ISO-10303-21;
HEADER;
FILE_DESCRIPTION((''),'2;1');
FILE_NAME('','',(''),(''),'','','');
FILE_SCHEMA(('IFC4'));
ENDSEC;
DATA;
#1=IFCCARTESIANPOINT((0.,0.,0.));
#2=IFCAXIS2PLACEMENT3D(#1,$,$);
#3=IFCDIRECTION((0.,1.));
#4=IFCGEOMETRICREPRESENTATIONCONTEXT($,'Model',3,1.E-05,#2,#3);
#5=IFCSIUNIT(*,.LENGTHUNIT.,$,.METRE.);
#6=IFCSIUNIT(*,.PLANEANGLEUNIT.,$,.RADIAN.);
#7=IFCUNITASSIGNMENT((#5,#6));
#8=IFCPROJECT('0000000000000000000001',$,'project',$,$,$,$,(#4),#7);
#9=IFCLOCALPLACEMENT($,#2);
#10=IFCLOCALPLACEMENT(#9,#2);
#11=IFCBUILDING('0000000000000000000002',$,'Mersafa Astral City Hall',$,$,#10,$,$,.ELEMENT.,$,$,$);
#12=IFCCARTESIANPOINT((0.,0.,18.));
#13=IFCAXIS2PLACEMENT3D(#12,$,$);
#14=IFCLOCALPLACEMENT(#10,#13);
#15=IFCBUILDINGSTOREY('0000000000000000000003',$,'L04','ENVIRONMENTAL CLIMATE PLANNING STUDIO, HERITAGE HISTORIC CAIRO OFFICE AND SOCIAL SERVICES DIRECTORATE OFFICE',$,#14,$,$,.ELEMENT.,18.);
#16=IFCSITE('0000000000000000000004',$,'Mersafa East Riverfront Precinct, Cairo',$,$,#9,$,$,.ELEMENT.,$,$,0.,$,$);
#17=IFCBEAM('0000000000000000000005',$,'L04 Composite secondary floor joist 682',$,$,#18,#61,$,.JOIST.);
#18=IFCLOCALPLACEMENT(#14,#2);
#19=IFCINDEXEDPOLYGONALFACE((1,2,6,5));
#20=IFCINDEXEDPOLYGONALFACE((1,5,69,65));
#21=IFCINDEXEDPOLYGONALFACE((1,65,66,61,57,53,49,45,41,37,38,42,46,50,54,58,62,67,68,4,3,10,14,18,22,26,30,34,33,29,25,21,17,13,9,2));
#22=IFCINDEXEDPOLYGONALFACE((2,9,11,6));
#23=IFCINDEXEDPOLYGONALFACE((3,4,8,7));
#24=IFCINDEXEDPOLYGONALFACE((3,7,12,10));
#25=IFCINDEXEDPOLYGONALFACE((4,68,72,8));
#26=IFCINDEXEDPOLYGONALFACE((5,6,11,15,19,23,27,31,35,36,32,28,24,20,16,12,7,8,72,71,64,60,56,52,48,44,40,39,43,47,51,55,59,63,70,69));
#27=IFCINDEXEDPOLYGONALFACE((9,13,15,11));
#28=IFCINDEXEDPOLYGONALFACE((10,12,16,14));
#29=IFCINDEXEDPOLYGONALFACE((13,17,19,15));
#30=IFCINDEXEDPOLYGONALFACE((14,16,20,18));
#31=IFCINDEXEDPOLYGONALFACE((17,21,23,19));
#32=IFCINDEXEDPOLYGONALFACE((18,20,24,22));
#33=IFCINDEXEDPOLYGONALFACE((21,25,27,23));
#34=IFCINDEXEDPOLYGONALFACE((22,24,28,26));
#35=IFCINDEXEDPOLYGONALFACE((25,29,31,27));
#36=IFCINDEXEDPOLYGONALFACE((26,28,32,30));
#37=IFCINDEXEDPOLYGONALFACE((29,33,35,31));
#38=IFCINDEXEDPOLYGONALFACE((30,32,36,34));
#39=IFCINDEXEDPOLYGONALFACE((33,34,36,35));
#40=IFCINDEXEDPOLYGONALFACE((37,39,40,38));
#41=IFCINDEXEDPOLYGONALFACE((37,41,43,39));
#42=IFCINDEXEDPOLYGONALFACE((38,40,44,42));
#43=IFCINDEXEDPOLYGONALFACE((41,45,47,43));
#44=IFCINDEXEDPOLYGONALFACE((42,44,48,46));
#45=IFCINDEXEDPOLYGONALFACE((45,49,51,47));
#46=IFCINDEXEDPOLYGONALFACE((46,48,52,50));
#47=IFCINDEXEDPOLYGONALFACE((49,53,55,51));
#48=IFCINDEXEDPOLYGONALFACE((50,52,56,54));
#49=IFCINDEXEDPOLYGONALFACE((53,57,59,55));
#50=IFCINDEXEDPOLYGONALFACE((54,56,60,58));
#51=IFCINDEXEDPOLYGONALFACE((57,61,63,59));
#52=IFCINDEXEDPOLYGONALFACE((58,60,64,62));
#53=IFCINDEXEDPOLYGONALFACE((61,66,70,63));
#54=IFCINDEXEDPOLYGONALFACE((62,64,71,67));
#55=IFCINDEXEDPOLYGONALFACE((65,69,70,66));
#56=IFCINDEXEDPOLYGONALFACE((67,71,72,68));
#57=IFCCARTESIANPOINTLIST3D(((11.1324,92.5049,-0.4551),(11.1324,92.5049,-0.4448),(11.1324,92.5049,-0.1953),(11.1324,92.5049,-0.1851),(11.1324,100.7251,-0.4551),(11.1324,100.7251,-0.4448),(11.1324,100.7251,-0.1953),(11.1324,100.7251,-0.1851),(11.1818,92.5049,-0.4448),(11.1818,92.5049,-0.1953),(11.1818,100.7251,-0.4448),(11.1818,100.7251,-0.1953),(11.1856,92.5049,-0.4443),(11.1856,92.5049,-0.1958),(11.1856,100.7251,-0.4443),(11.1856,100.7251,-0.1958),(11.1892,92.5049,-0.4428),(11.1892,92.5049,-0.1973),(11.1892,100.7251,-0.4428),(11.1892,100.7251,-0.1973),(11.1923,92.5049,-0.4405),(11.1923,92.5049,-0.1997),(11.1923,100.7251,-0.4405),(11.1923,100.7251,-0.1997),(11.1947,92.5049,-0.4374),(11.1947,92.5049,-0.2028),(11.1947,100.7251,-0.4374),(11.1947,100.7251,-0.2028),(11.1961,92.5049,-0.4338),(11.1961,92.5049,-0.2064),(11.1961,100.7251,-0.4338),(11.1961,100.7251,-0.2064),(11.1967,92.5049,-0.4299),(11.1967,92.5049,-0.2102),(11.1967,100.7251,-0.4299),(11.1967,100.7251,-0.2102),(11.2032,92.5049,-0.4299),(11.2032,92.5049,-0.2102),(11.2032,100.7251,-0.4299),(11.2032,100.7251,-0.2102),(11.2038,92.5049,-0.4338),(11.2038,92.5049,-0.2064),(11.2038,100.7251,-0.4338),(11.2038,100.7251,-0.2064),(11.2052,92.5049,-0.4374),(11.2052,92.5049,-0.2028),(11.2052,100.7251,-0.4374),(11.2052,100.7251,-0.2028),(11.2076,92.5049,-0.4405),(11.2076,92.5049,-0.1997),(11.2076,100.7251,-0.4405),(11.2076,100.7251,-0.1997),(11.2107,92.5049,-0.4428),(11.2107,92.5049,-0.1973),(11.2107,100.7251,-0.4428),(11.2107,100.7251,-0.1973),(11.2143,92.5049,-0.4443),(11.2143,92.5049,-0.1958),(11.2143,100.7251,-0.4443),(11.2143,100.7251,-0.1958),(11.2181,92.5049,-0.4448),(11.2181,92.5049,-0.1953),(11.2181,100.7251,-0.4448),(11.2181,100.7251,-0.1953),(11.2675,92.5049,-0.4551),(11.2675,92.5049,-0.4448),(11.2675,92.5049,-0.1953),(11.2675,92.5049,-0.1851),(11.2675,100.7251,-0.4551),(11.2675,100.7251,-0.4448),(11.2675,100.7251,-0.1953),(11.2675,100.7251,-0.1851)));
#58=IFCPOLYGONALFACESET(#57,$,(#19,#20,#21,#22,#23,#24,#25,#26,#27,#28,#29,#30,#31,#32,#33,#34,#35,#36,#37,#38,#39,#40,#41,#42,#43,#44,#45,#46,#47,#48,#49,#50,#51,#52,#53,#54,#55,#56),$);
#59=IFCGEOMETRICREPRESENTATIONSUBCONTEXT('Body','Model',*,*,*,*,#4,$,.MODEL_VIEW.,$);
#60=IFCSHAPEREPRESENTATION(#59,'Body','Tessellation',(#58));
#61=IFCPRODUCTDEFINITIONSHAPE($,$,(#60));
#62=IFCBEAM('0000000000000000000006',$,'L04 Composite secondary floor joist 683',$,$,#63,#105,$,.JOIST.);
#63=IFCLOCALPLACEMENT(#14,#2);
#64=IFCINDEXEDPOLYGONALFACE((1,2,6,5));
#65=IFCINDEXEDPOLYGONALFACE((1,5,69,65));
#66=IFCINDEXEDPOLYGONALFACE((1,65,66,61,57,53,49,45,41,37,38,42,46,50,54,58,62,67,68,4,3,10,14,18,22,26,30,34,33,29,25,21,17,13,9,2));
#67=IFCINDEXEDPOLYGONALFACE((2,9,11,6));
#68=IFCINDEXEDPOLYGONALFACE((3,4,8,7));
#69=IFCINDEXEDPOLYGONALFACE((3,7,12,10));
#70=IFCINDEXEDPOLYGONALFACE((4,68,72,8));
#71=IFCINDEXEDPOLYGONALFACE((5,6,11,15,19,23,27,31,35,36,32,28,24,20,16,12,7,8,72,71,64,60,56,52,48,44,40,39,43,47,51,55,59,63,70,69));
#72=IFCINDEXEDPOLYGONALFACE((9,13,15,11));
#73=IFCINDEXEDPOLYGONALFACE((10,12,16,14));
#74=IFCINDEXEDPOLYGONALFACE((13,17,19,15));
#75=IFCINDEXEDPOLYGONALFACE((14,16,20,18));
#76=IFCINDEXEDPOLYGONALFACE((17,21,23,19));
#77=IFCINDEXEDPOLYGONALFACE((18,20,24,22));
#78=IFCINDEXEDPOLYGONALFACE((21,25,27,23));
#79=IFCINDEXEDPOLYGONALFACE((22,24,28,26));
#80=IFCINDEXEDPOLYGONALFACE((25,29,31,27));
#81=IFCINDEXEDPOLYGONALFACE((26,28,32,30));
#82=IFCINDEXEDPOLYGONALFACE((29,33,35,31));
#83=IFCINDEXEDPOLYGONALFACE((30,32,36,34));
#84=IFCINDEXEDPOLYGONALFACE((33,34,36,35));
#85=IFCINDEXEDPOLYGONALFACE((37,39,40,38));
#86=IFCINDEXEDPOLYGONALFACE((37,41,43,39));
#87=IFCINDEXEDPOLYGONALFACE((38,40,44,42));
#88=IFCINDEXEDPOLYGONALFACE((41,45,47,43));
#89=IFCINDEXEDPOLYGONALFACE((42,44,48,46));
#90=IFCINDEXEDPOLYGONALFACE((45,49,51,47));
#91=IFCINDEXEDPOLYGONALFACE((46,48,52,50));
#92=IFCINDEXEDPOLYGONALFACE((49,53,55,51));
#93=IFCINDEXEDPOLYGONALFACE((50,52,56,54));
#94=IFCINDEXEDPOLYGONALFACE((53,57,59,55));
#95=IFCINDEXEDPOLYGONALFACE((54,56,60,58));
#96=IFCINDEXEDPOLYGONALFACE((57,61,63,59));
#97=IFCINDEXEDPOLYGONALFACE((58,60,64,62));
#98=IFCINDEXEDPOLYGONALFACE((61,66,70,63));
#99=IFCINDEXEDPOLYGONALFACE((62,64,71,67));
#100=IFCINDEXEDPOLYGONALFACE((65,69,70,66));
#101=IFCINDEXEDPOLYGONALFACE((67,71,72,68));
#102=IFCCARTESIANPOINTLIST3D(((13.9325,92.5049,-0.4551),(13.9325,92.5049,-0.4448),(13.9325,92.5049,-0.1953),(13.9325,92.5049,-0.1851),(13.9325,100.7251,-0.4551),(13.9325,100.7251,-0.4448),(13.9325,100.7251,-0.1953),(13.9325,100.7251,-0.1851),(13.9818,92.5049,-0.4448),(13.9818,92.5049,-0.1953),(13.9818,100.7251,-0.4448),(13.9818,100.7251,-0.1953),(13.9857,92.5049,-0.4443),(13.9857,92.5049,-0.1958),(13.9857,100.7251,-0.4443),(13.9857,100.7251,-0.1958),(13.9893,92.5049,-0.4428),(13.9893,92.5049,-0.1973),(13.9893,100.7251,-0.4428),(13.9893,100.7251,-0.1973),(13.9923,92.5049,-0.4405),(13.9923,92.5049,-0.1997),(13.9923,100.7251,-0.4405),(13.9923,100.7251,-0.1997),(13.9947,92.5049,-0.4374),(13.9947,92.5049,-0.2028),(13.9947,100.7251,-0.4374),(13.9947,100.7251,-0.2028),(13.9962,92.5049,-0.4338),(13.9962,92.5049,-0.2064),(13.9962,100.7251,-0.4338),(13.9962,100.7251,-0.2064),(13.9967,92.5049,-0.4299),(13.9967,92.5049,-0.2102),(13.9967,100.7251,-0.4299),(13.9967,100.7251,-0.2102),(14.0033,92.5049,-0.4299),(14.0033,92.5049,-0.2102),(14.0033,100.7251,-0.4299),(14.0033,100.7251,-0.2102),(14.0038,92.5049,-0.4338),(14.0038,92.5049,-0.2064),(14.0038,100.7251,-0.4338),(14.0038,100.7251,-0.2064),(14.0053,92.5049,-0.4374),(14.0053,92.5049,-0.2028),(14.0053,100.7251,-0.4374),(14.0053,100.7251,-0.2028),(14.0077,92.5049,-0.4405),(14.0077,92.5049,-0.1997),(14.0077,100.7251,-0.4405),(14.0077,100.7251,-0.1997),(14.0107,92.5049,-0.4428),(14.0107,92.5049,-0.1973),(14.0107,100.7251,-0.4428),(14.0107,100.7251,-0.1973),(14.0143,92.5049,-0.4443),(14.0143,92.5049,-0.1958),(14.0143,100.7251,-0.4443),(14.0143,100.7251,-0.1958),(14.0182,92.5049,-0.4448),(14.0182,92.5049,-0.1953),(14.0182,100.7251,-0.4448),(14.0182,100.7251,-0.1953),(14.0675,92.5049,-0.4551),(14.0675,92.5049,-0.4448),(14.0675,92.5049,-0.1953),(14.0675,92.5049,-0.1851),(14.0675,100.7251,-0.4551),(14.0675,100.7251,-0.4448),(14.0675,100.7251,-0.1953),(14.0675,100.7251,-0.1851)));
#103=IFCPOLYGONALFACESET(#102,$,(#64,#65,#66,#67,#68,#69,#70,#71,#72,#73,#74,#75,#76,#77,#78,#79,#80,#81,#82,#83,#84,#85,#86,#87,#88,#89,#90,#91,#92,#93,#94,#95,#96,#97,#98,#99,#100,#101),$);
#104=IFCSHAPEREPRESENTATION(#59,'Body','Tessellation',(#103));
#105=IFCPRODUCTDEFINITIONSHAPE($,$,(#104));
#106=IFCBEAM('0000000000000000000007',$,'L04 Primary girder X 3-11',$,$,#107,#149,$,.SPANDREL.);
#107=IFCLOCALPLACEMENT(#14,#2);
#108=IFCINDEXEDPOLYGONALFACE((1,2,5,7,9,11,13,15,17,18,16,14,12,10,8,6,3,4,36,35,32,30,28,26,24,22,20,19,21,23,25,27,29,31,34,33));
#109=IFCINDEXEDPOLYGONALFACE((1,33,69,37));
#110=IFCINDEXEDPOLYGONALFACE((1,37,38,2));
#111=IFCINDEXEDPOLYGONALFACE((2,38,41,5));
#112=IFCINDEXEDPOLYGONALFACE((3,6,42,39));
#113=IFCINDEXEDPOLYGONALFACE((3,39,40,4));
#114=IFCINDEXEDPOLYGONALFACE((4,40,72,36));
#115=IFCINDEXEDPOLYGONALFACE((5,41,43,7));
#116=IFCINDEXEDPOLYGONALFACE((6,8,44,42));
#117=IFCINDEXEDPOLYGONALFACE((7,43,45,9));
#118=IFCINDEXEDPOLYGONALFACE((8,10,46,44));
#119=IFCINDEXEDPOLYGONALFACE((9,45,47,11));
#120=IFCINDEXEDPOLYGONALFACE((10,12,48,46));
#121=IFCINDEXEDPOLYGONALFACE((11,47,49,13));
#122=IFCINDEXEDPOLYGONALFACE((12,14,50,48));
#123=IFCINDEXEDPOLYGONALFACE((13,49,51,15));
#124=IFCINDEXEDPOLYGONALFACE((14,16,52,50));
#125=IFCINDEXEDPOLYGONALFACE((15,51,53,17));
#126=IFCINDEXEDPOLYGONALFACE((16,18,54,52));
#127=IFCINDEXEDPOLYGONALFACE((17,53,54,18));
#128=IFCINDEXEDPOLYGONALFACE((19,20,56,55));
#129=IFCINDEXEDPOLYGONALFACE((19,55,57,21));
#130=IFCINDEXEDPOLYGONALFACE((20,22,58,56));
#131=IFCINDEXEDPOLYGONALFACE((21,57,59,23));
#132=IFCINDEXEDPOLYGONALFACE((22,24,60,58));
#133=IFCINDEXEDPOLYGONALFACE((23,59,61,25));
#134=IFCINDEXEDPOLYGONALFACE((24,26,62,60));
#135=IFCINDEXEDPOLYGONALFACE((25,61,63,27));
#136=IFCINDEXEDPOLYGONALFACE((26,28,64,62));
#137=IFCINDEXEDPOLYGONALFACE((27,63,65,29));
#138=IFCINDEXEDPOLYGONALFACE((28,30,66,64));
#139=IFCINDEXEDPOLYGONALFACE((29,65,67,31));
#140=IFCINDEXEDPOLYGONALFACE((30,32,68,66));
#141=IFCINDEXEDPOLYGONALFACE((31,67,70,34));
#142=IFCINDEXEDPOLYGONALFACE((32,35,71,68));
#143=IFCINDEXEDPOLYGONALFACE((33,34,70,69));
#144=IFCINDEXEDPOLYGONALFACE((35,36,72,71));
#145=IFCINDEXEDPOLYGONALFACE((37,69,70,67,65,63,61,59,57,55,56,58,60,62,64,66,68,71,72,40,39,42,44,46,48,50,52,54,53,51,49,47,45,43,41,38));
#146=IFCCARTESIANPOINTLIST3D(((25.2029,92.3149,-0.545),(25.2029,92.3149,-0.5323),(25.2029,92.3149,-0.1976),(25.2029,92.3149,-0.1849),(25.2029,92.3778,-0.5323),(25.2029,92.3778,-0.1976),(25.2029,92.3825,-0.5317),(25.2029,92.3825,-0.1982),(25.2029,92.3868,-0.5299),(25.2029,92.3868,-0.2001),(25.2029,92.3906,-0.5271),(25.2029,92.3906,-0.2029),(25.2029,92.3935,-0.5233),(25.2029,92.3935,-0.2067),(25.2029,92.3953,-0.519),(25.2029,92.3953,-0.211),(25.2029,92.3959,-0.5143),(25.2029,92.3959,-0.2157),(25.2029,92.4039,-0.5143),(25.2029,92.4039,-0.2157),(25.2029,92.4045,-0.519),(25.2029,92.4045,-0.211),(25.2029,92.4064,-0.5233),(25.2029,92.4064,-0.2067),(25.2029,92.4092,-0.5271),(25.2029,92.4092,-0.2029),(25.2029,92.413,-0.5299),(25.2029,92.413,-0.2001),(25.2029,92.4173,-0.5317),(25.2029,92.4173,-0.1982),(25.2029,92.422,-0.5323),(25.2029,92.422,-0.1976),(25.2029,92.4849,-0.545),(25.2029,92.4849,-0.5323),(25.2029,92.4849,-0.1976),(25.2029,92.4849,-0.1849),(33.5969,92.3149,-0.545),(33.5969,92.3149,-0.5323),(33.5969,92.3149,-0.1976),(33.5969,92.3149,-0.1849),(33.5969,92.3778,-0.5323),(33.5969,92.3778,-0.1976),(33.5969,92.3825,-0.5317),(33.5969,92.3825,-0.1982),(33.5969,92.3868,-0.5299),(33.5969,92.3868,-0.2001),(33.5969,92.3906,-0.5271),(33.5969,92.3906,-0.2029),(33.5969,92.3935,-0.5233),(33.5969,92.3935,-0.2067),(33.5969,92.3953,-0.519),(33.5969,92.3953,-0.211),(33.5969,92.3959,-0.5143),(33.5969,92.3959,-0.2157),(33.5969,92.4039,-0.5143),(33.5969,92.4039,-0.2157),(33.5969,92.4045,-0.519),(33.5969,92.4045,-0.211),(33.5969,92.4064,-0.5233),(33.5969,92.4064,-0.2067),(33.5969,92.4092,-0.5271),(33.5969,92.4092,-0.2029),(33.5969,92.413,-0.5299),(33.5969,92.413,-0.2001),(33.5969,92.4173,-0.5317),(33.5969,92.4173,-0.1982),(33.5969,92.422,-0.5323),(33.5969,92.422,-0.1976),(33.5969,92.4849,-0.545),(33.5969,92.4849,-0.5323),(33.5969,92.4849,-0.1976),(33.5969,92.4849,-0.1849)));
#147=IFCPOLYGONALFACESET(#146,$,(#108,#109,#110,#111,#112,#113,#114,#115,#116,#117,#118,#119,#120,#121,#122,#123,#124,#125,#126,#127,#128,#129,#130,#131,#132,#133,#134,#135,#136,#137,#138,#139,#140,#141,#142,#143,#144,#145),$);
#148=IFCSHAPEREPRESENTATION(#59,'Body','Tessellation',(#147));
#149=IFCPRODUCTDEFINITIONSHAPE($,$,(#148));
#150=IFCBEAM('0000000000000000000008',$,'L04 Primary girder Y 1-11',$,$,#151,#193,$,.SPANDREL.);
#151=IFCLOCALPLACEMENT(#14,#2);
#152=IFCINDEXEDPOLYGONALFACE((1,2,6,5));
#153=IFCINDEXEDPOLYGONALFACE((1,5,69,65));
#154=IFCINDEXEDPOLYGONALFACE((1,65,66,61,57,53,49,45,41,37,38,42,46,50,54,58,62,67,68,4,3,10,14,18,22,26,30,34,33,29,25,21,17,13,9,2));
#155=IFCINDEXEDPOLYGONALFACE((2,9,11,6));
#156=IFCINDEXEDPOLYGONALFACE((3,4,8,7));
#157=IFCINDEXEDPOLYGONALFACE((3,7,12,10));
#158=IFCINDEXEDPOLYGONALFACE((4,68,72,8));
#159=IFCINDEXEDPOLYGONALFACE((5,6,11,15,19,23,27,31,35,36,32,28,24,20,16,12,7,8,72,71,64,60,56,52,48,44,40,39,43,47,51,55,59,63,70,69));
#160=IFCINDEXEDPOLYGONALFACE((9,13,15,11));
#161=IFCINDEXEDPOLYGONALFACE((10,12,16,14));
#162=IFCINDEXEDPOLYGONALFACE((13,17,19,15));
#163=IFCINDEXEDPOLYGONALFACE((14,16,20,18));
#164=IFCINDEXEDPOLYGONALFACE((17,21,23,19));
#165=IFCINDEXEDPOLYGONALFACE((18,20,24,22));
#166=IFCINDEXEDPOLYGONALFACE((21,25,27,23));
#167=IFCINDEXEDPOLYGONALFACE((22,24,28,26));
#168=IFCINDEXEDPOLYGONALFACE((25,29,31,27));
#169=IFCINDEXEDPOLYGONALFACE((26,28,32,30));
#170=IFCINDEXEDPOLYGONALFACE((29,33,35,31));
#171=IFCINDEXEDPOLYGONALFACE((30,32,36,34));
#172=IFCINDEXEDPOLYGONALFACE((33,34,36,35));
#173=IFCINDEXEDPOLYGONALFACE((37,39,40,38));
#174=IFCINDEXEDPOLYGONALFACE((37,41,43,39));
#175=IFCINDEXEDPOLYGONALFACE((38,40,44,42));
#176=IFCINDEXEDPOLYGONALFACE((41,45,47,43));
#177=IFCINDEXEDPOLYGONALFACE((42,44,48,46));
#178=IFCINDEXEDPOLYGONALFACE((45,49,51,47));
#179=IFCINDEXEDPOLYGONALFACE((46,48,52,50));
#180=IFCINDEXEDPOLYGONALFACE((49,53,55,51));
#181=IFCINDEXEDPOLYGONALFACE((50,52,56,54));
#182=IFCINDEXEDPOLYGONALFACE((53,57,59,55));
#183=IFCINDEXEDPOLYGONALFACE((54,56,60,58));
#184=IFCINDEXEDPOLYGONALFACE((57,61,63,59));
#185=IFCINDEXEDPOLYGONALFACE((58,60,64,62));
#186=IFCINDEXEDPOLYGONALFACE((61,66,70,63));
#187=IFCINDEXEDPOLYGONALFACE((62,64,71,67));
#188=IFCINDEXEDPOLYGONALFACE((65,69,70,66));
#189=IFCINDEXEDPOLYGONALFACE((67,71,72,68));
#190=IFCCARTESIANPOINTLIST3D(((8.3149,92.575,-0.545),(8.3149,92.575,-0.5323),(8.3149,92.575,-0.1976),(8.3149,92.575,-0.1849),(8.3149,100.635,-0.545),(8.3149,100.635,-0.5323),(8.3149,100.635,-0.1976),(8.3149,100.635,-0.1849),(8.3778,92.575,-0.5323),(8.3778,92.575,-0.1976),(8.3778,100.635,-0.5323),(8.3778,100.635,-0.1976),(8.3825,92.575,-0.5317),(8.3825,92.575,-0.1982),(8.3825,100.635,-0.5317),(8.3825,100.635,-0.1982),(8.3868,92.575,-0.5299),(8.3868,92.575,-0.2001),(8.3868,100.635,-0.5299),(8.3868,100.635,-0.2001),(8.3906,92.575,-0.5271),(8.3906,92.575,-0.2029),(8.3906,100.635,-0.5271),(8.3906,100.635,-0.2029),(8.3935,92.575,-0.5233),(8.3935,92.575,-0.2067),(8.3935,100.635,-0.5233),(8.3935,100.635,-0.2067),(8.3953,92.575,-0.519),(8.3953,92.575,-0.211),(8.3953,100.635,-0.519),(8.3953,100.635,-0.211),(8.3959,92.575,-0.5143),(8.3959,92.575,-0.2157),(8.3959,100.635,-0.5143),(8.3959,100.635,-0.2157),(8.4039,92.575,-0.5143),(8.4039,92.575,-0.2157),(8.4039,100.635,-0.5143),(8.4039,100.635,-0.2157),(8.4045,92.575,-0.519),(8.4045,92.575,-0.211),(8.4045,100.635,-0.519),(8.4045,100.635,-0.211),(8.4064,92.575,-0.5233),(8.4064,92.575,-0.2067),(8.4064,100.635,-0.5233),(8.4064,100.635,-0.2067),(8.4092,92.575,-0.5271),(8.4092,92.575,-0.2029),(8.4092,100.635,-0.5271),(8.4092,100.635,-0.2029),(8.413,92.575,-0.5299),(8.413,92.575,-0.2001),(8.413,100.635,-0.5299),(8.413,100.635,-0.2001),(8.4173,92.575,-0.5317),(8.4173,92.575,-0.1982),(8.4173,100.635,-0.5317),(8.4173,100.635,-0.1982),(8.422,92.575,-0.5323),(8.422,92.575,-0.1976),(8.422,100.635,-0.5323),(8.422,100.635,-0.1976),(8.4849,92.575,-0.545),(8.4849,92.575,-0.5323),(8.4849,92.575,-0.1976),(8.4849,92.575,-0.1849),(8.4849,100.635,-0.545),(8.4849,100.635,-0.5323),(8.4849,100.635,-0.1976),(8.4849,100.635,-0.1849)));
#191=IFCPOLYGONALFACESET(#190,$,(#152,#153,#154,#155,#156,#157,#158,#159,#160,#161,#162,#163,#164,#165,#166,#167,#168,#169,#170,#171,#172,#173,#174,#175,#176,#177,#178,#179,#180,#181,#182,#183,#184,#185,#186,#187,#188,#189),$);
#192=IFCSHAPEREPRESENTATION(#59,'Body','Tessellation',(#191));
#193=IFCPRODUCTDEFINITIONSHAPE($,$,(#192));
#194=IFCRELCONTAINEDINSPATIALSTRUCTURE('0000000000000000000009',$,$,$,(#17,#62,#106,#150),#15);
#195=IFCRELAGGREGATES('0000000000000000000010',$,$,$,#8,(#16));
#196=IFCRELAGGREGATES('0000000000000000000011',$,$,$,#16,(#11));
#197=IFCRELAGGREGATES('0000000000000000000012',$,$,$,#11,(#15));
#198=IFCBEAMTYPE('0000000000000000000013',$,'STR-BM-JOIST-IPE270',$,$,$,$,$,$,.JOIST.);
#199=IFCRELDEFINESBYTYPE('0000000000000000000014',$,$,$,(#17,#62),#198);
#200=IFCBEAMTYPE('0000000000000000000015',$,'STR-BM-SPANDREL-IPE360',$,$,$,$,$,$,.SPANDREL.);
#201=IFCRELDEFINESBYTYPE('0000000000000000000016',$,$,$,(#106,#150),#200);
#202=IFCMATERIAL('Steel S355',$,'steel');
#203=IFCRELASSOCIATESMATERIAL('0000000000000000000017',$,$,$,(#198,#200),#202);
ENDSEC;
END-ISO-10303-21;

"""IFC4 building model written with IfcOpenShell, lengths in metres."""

from ifc_helpers import new_model, si_unit, direction, frame, origin, origin_2d, place, context, subcontext, project, spatial, i_section, extrude, material, material_profile, profile_set, type_object, element, save


model = new_model("IFC4")

# Units and contexts
model_context = context("Model", 3, precision=1e-05, world=origin(), true_north=direction((0.0, 1.0)))
body_context = subcontext(model_context, "Body", "Model", "MODEL_VIEW")
ifc_project = project(units=[si_unit("LENGTHUNIT", "METRE"), si_unit("PLANEANGLEUNIT", "RADIAN")], contexts=[model_context])

# Site, building, storey
site_placement = place(None, origin())
site = spatial("IfcSite", under=ifc_project, at=site_placement, Name="Mersafa East Riverfront Precinct, Cairo", CompositionType="ELEMENT", RefElevation=0.0)
building_placement = place(site_placement, origin())
building = spatial("IfcBuilding", under=site, at=building_placement, Name="Mersafa Astral City Hall", CompositionType="ELEMENT")
storey_placement = place(building_placement, frame((0.0, 0.0, 18.0)))
storey = spatial("IfcBuildingStorey", under=building, at=storey_placement, Name="L04", Description="ENVIRONMENTAL CLIMATE PLANNING STUDIO, HERITAGE HISTORIC CAIRO OFFICE AND SOCIAL SERVICES DIRECTORATE OFFICE", CompositionType="ELEMENT", Elevation=18.0)

# Shared definitions
ifc_material_1 = material(Name="Steel S355", Category="steel")

# Beams
ifc_material_profile_1 = material_profile(ifc_material_1, i_section(OverallWidth=0.135, OverallDepth=0.27, WebThickness=0.0066, FlangeThickness=0.0103, FilletRadius=0.0149, at=origin_2d()), Name="IPE 270")
ifc_profile_set_1 = profile_set([ifc_material_profile_1], Name="Steel S355")
beam_type_1 = type_object("IfcBeamType", Name="STR-BM-JOIST-IPE270", PredefinedType="JOIST", material=ifc_profile_set_1)
for number, where, z_axis, x_axis, name in (
    (1, (11.2, 92.5049, -0.3201), (0.0, 1.0, 0.0), (-1.0, 0.0, 0.0), "L04 Composite secondary floor joist 682"),
    (2, (14.0, 92.5049, -0.3201), (0.0, 1.0, 0.0), (-1.0, 0.0, 0.0), "L04 Composite secondary floor joist 683"),
):
    element("IfcBeam", number, at=place(storey_placement, frame(where, z_axis=z_axis, x_axis=x_axis)), inside=storey, type_object=beam_type_1, Name=name, PredefinedType="JOIST", context=body_context, shape_type="SweptSolid", body=[
        extrude(i_section(OverallWidth=0.135, OverallDepth=0.27, WebThickness=0.0066, FlangeThickness=0.0103, FilletRadius=0.0149, at=origin_2d()), origin(), (0.0, 0.0, 1.0), 8.2202),
    ])
ifc_material_profile_2 = material_profile(ifc_material_1, i_section(OverallWidth=0.1699, OverallDepth=0.3601, WebThickness=0.0081, FlangeThickness=0.0127, FilletRadius=0.0181, at=origin_2d()), Name="IPE 360")
ifc_profile_set_2 = profile_set([ifc_material_profile_2], Name="Steel S355")
beam_type_2 = type_object("IfcBeamType", Name="STR-BM-SPANDREL-IPE360", PredefinedType="SPANDREL", material=ifc_profile_set_2)
beam_1_placement = place(storey_placement, frame((25.2029, 92.3999, -0.365), z_axis=(1.0, 0.0, 0.0), x_axis=(0.0, 1.0, 0.0)))
element("IfcBeam", 3, at=beam_1_placement, inside=storey, type_object=beam_type_2, Name="L04 Primary girder X 3-11", PredefinedType="SPANDREL", context=body_context, shape_type="SweptSolid", body=[
    extrude(i_section(OverallWidth=0.1699, OverallDepth=0.3601, WebThickness=0.0081, FlangeThickness=0.0127, FilletRadius=0.0181, at=origin_2d()), origin(), (0.0, 0.0, 1.0), 8.394),
])
beam_2_placement = place(storey_placement, frame((8.3999, 92.575, -0.365), z_axis=(0.0, 1.0, 0.0), x_axis=(-1.0, 0.0, 0.0)))
element("IfcBeam", 4, at=beam_2_placement, inside=storey, type_object=beam_type_2, Name="L04 Primary girder Y 1-11", PredefinedType="SPANDREL", context=body_context, shape_type="SweptSolid", body=[
    extrude(i_section(OverallWidth=0.1699, OverallDepth=0.3601, WebThickness=0.0081, FlangeThickness=0.0127, FilletRadius=0.0181, at=origin_2d()), origin(), (0.0, 0.0, 1.0), 8.0601),
])

save(model, "model.ifc")
